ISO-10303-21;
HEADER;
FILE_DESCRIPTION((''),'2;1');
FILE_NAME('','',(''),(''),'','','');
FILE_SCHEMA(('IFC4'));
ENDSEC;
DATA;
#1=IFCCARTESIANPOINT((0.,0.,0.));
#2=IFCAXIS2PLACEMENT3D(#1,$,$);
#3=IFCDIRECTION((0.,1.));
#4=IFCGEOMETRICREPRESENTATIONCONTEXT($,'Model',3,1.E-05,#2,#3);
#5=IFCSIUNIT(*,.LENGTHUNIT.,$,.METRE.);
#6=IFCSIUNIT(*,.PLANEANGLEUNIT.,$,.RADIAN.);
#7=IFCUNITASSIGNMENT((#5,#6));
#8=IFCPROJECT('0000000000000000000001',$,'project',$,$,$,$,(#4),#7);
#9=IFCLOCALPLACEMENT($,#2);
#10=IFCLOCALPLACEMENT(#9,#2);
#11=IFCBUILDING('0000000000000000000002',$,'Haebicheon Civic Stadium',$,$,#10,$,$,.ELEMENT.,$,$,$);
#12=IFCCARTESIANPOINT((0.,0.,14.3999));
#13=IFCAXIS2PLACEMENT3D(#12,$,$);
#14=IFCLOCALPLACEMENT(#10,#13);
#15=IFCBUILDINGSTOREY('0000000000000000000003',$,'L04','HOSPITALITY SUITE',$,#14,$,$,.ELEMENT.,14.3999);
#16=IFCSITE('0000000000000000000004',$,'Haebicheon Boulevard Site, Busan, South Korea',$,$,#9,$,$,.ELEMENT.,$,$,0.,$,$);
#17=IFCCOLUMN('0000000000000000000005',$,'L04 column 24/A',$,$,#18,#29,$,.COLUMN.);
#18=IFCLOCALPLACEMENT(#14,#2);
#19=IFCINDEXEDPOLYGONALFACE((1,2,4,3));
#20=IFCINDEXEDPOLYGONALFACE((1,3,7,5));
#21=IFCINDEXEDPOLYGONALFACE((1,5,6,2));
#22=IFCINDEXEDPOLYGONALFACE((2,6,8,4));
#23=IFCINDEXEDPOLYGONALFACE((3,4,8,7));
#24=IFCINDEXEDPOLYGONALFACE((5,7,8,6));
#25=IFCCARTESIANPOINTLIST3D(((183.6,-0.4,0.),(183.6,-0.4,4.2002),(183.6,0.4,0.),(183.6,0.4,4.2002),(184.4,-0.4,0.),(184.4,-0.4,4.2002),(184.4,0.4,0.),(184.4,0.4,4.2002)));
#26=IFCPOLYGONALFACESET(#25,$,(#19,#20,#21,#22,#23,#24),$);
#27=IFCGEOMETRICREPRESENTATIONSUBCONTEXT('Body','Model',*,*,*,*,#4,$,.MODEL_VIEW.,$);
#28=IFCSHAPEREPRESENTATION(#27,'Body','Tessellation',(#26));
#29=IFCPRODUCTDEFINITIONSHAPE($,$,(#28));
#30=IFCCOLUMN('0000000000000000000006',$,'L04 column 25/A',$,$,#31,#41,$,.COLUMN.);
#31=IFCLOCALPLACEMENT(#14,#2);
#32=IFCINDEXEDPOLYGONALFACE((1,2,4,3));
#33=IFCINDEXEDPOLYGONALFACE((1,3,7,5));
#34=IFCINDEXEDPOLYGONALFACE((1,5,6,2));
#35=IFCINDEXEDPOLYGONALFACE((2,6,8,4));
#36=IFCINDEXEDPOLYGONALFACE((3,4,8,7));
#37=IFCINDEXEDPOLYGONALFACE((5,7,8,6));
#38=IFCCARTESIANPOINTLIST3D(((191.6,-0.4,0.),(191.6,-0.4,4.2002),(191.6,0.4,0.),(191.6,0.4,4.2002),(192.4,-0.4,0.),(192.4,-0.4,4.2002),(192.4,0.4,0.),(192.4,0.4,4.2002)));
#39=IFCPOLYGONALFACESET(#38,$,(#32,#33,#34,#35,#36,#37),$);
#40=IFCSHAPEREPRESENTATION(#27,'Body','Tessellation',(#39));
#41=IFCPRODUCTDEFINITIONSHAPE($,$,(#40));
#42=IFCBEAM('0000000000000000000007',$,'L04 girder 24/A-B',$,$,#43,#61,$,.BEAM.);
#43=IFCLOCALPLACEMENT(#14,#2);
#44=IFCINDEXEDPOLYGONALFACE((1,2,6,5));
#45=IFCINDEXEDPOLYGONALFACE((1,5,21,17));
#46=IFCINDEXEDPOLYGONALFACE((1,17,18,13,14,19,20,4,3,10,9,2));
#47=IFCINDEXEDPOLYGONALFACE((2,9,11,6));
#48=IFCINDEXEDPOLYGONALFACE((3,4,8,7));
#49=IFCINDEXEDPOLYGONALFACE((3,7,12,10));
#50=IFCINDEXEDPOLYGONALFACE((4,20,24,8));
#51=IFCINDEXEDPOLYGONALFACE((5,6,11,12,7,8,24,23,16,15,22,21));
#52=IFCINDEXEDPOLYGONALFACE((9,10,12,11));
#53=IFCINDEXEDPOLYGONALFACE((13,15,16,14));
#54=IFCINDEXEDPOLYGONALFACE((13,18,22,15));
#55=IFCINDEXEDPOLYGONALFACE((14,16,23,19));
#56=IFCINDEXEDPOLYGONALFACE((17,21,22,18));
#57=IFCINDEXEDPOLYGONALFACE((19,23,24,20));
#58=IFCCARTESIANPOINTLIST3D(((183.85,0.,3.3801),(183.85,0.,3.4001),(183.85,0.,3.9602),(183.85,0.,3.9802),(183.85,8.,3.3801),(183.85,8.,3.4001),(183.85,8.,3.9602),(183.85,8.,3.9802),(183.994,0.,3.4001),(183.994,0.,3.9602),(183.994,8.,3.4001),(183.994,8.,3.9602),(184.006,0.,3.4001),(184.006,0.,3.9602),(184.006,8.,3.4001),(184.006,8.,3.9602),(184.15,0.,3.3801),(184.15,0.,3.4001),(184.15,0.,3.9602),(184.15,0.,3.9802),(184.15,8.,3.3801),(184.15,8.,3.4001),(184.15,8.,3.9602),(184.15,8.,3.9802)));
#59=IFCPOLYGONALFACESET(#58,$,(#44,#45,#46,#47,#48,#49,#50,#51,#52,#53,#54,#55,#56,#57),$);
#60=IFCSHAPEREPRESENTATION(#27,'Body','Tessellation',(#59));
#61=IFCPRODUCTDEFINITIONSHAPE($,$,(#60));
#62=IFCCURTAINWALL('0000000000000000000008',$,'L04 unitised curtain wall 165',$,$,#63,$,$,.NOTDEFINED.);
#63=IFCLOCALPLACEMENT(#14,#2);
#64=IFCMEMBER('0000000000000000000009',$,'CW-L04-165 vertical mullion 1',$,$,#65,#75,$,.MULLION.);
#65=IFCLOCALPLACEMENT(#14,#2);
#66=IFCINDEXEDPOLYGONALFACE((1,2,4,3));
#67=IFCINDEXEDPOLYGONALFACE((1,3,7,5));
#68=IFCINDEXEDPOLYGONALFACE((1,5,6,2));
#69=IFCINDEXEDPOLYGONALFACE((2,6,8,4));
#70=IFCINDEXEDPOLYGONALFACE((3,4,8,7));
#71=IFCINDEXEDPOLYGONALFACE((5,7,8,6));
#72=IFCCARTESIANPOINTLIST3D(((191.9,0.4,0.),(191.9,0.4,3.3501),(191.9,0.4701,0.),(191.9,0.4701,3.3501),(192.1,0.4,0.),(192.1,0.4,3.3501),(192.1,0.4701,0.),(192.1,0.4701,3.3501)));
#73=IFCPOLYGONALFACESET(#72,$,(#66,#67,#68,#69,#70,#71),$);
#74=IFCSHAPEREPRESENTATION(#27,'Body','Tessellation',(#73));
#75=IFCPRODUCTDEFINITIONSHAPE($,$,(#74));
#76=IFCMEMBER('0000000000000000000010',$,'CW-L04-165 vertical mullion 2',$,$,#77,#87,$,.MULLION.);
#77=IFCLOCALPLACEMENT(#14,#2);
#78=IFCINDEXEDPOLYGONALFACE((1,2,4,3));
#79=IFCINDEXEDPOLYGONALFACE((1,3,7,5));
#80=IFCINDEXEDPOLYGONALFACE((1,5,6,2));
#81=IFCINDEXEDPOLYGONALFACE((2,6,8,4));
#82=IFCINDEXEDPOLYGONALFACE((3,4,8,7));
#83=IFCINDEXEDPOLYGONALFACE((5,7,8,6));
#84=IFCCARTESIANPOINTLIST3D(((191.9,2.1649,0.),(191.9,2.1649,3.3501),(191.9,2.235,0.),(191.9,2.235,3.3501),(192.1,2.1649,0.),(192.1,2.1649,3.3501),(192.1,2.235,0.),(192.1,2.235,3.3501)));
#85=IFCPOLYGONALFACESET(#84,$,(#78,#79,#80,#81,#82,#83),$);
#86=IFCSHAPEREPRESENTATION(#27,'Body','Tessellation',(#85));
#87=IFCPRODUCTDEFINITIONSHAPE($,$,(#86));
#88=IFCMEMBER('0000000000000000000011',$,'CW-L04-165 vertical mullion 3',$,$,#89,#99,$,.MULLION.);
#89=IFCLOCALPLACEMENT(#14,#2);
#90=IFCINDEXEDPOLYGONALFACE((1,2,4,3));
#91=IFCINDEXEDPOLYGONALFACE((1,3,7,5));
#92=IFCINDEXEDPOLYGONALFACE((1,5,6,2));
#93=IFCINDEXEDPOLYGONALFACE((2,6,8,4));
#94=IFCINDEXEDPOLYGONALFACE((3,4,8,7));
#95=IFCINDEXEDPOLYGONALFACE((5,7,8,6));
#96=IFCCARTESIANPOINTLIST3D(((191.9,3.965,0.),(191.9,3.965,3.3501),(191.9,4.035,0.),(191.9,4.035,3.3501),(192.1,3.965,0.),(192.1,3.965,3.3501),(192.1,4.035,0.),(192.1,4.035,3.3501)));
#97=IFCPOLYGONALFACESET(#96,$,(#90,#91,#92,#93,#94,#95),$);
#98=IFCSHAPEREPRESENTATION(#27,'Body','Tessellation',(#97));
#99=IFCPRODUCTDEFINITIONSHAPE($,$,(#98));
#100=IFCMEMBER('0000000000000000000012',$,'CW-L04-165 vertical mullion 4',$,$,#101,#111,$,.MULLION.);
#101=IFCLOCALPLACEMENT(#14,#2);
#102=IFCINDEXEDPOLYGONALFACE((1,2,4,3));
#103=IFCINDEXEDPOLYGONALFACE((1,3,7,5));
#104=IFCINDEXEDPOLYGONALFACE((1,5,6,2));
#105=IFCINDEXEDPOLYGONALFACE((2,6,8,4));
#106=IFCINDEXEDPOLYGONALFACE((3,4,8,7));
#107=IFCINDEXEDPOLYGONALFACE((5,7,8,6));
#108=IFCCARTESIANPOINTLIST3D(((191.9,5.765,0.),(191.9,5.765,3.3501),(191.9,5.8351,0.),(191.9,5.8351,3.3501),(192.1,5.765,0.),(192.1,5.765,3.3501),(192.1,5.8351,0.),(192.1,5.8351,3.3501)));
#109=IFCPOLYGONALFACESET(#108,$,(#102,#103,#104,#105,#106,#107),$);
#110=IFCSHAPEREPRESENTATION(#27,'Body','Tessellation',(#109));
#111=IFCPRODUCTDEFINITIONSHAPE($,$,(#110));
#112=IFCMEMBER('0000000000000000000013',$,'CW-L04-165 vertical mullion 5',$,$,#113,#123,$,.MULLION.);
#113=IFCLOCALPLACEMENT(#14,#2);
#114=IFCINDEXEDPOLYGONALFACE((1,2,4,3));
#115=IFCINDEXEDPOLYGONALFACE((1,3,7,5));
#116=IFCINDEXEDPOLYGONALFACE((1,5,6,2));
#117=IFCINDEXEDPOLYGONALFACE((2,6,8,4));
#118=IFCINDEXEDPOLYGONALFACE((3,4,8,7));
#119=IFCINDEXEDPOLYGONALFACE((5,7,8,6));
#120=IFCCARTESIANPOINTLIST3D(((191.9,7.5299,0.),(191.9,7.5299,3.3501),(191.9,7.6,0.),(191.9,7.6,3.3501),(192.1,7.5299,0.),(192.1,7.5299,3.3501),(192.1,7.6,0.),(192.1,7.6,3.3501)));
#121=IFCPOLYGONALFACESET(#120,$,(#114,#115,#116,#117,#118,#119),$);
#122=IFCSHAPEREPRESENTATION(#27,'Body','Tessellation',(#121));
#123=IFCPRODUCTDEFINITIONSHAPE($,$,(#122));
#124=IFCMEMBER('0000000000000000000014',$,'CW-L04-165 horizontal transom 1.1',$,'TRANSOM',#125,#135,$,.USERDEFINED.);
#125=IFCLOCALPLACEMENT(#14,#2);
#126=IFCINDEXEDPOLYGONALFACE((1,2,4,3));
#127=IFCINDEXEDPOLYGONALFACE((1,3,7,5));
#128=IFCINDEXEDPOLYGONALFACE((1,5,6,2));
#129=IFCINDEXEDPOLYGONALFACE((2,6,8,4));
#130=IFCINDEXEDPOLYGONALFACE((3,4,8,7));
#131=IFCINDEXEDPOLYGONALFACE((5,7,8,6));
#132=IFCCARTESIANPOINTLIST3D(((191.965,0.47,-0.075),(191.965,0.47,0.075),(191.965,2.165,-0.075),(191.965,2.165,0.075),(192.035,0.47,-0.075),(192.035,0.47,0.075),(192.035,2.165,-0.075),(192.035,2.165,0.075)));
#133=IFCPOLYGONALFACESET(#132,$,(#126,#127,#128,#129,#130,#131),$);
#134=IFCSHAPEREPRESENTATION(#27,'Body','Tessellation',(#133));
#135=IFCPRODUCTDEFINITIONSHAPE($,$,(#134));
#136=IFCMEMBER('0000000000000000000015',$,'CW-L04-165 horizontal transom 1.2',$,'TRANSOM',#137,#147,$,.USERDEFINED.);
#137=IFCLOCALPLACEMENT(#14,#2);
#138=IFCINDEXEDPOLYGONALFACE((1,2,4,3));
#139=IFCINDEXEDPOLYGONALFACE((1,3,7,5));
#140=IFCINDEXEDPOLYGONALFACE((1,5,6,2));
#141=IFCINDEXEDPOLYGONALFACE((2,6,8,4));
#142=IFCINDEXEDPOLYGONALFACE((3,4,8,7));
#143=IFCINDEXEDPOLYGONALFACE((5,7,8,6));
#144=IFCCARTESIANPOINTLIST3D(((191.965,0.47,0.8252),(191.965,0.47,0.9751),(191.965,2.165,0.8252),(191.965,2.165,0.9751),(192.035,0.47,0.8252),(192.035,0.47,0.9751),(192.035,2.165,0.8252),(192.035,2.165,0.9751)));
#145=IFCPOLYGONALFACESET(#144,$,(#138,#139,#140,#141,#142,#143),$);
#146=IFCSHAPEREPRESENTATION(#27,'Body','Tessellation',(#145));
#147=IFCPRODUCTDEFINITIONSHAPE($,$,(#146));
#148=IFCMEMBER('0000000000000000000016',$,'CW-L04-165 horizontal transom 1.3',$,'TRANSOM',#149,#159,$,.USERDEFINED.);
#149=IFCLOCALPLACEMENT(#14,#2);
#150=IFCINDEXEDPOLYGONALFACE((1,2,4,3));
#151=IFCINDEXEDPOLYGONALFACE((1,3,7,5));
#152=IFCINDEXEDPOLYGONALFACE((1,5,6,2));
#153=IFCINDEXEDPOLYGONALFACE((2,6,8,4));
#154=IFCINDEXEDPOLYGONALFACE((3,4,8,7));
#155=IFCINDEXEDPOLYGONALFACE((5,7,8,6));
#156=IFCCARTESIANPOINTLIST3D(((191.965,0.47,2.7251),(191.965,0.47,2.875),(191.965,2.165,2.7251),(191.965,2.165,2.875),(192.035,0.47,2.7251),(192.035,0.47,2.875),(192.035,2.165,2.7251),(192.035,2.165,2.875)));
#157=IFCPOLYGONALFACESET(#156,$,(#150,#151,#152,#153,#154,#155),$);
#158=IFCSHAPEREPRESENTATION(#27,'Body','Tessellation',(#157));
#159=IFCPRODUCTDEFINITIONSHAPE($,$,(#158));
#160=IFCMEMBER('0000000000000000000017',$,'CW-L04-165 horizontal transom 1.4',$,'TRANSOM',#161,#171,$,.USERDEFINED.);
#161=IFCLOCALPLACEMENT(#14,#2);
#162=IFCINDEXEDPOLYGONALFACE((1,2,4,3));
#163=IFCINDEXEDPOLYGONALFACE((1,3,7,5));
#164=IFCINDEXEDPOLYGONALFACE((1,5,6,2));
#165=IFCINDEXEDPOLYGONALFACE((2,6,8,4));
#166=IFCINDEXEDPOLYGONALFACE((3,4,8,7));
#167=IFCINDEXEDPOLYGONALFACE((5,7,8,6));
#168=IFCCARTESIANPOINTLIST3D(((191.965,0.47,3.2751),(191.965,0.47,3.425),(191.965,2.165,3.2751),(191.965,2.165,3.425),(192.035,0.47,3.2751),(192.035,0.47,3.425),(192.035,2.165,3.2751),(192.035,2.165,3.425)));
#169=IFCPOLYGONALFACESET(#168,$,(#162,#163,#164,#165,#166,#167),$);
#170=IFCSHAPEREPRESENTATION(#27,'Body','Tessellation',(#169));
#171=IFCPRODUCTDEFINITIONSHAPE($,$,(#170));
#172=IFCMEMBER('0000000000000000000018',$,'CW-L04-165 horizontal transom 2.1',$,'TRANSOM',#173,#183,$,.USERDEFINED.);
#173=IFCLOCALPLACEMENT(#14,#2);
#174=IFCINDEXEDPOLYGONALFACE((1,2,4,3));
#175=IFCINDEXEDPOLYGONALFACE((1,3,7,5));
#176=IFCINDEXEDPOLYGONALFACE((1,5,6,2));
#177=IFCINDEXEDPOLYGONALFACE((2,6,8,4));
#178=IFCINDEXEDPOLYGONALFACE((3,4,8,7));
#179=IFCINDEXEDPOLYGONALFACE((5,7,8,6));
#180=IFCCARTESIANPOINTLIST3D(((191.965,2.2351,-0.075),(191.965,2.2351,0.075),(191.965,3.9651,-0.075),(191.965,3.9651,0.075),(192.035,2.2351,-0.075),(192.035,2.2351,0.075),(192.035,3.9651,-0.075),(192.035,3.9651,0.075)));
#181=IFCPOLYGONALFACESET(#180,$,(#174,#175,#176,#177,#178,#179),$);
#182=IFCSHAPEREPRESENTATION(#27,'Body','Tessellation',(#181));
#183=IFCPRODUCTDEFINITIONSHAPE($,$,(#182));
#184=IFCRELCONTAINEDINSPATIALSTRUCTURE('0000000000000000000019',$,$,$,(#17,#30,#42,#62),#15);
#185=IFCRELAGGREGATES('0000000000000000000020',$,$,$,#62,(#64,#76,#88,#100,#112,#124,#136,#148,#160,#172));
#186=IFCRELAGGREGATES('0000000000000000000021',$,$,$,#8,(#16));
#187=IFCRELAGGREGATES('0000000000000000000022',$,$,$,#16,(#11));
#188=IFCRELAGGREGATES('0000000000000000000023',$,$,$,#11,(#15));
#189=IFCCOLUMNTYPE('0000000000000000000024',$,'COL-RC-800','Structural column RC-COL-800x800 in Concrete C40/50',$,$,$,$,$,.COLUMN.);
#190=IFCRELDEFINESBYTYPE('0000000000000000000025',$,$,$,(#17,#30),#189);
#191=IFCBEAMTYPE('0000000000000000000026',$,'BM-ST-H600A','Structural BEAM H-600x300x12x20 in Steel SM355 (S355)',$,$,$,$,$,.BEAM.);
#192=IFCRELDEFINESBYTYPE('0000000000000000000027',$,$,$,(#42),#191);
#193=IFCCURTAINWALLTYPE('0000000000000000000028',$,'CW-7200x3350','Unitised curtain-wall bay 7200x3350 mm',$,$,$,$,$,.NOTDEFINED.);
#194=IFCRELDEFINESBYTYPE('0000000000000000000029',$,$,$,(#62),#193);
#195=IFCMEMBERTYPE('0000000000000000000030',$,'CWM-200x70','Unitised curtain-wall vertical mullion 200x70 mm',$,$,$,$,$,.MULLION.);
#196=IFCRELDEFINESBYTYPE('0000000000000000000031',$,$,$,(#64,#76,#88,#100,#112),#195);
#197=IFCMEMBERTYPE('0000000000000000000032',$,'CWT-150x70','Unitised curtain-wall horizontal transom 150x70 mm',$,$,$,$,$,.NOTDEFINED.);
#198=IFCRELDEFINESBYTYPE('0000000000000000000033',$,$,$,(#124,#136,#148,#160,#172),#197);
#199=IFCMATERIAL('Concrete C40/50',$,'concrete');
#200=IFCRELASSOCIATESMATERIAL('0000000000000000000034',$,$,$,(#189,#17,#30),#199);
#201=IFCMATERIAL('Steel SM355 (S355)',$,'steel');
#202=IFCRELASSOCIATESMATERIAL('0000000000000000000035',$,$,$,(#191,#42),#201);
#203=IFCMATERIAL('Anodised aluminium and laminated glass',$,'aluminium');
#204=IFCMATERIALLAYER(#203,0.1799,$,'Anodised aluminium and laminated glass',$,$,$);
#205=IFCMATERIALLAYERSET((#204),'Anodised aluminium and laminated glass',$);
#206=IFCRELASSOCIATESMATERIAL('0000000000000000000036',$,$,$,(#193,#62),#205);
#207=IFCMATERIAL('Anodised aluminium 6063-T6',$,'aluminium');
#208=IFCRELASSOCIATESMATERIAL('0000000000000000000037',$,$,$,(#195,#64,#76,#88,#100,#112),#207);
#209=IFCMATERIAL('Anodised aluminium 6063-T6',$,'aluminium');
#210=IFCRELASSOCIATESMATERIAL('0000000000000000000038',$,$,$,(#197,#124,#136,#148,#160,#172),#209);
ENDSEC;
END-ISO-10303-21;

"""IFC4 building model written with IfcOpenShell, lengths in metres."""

from ifc_helpers import new_model, si_unit, direction, frame, origin, origin_2d, place, context, subcontext, project, spatial, rectangle, i_section, extrude, material, layer, layer_set, material_profile, profile_set, type_object, element, aggregate, save


model = new_model("IFC4")

# Units and contexts
model_context = context("Model", 3, precision=1e-05, world=origin(), true_north=direction((0.0, 1.0)))
body_context = subcontext(model_context, "Body", "Model", "MODEL_VIEW")
ifc_project = project(units=[si_unit("LENGTHUNIT", "METRE"), si_unit("PLANEANGLEUNIT", "RADIAN")], contexts=[model_context])

# Site, building, storey
site_placement = place(None, origin())
site = spatial("IfcSite", under=ifc_project, at=site_placement, Name="Haebicheon Boulevard Site, Busan, South Korea", CompositionType="ELEMENT", RefElevation=0.0)
building_placement = place(site_placement, origin())
building = spatial("IfcBuilding", under=site, at=building_placement, Name="Haebicheon Civic Stadium", CompositionType="ELEMENT")
storey_placement = place(building_placement, frame((0.0, 0.0, 14.3999)))
storey = spatial("IfcBuildingStorey", under=building, at=storey_placement, Name="L04", Description="HOSPITALITY SUITE", CompositionType="ELEMENT", Elevation=14.3999)

# Columns
ifc_material_1 = material(Name="Concrete C40/50", Category="concrete")
ifc_material_profile_1 = material_profile(ifc_material_1, rectangle(XDim=0.8, YDim=0.8, at=origin_2d()), Name="RC-COL-800x800")
ifc_profile_set_1 = profile_set([ifc_material_profile_1], Name="Concrete C40/50")
column_type = type_object("IfcColumnType", Name="COL-RC-800", Description="Structural column RC-COL-800x800 in Concrete C40/50", PredefinedType="COLUMN", material=ifc_profile_set_1)
for number, where, z_axis, x_axis, name in (
    (1, (184.0, 0.0, 0.0), (0.0, 0.0, 1.0), (1.0, 0.0, 0.0), "L04 column 24/A"),
    (2, (192.0, 0.0, 0.0), (0.0, 0.0, 1.0), (1.0, 0.0, 0.0), "L04 column 25/A"),
):
    element("IfcColumn", number, at=place(storey_placement, frame(where, z_axis=z_axis, x_axis=x_axis)), inside=storey, type_object=column_type, material=ifc_profile_set_1, Name=name, PredefinedType="COLUMN", context=body_context, shape_type="SweptSolid", body=[
        extrude(rectangle(XDim=0.8, YDim=0.8, at=origin_2d()), origin(), (0.0, 0.0, 1.0), 4.2002),
    ])

# Beam
ifc_material_2 = material(Name="Steel SM355 (S355)", Category="steel")
ifc_material_profile_2 = material_profile(ifc_material_2, i_section(OverallWidth=0.3, OverallDepth=0.6001, WebThickness=0.012, FlangeThickness=0.02, at=origin_2d()), Name="H-600x300x12x20")
ifc_profile_set_2 = profile_set([ifc_material_profile_2], Name="Steel SM355 (S355)")
beam_type_1 = type_object("IfcBeamType", Name="BM-ST-H600A", Description="Structural BEAM H-600x300x12x20 in Steel SM355 (S355)", PredefinedType="BEAM", material=ifc_profile_set_2)
beam_1_placement = place(storey_placement, frame((184.0, 0.0, 3.6802), z_axis=(0.0, 1.0, 0.0), x_axis=(-1.0, 0.0, 0.0)))
element("IfcBeam", 3, at=beam_1_placement, inside=storey, type_object=beam_type_1, material=ifc_profile_set_2, Name="L04 girder 24/A-B", PredefinedType="BEAM", context=body_context, shape_type="SweptSolid", body=[
    extrude(i_section(OverallWidth=0.3, OverallDepth=0.6001, WebThickness=0.012, FlangeThickness=0.02, at=origin_2d()), origin(), (0.0, 0.0, 1.0), 8.0),
])

# Curtain wall, members
ifc_material_3 = material(Name="Anodised aluminium and laminated glass", Category="aluminium")
ifc_layer_1 = layer(ifc_material_3, 0.1799, Name="Anodised aluminium and laminated glass")
ifc_layer_set_1 = layer_set([ifc_layer_1], Name="Anodised aluminium and laminated glass")
curtain_wall_type = type_object("IfcCurtainWallType", Name="CW-7200x3350", Description="Unitised curtain-wall bay 7200x3350 mm", PredefinedType="NOTDEFINED", material=ifc_layer_set_1)
curtain_wall_placement = place(storey_placement, origin())
curtain_wall = element("IfcCurtainWall", 4, at=curtain_wall_placement, inside=storey, type_object=curtain_wall_type, material=ifc_layer_set_1, Name="L04 unitised curtain wall 165", PredefinedType="NOTDEFINED")
ifc_material_4 = material(Name="Anodised aluminium 6063-T6", Category="aluminium")
ifc_material_profile_3 = material_profile(ifc_material_4, rectangle(XDim=0.0701, YDim=0.2, at=origin_2d()), Name="ALU-MULL-70x200")
ifc_profile_set_3 = profile_set([ifc_material_profile_3], Name="Anodised aluminium 6063-T6")
member_type_1 = type_object("IfcMemberType", Name="CWM-200x70", Description="Unitised curtain-wall vertical mullion 200x70 mm", PredefinedType="MULLION", material=ifc_profile_set_3)
member_1_placement = place(storey_placement, frame((192.0, 0.4351, 0.0), z_axis=(0.0, 0.0, 1.0), x_axis=(0.0, 1.0, 0.0)))
member_1 = element("IfcMember", 5, at=member_1_placement, type_object=member_type_1, material=ifc_profile_set_3, Name="CW-L04-165 vertical mullion 1", PredefinedType="MULLION", context=body_context, shape_type="SweptSolid", body=[
    extrude(rectangle(XDim=0.0701, YDim=0.2, at=origin_2d()), origin(), (0.0, 0.0, 1.0), 3.3501),
])
member_2_placement = place(storey_placement, frame((192.0, 2.2, 0.0), z_axis=(0.0, 0.0, 1.0), x_axis=(0.0, 1.0, 0.0)))
member_2 = element("IfcMember", 6, at=member_2_placement, type_object=member_type_1, material=ifc_profile_set_3, Name="CW-L04-165 vertical mullion 2", PredefinedType="MULLION", context=body_context, shape_type="SweptSolid", body=[
    extrude(rectangle(XDim=0.0701, YDim=0.2, at=origin_2d()), origin(), (0.0, 0.0, 1.0), 3.3501),
])
member_3_placement = place(storey_placement, frame((192.0, 4.0, 0.0), z_axis=(0.0, 0.0, 1.0), x_axis=(0.0, 1.0, 0.0)))
member_3 = element("IfcMember", 7, at=member_3_placement, type_object=member_type_1, material=ifc_profile_set_3, Name="CW-L04-165 vertical mullion 3", PredefinedType="MULLION", context=body_context, shape_type="SweptSolid", body=[
    extrude(rectangle(XDim=0.0701, YDim=0.2, at=origin_2d()), origin(), (0.0, 0.0, 1.0), 3.3501),
])
member_4_placement = place(storey_placement, frame((192.0, 5.8, 0.0), z_axis=(0.0, 0.0, 1.0), x_axis=(0.0, 1.0, 0.0)))
member_4 = element("IfcMember", 8, at=member_4_placement, type_object=member_type_1, material=ifc_profile_set_3, Name="CW-L04-165 vertical mullion 4", PredefinedType="MULLION", context=body_context, shape_type="SweptSolid", body=[
    extrude(rectangle(XDim=0.0701, YDim=0.2, at=origin_2d()), origin(), (0.0, 0.0, 1.0), 3.3501),
])
member_5_placement = place(storey_placement, frame((192.0, 7.5649, 0.0), z_axis=(0.0, 0.0, 1.0), x_axis=(0.0, 1.0, 0.0)))
member_5 = element("IfcMember", 9, at=member_5_placement, type_object=member_type_1, material=ifc_profile_set_3, Name="CW-L04-165 vertical mullion 5", PredefinedType="MULLION", context=body_context, shape_type="SweptSolid", body=[
    extrude(rectangle(XDim=0.0701, YDim=0.2, at=origin_2d()), origin(), (0.0, 0.0, 1.0), 3.3501),
])
ifc_material_5 = material(Name="Anodised aluminium 6063-T6", Category="aluminium")
ifc_material_profile_4 = material_profile(ifc_material_5, rectangle(XDim=0.0701, YDim=0.1499, at=origin_2d()), Name="ALU-TRAN-70x150")
ifc_profile_set_4 = profile_set([ifc_material_profile_4], Name="Anodised aluminium 6063-T6")
member_type_2 = type_object("IfcMemberType", Name="CWT-150x70", Description="Unitised curtain-wall horizontal transom 150x70 mm", PredefinedType="NOTDEFINED", material=ifc_profile_set_4)
member_6_placement = place(storey_placement, frame((192.0, 0.47, 0.0), z_axis=(0.0, 1.0, 0.0), x_axis=(-1.0, 0.0, 0.0)))
member_6 = element("IfcMember", 10, at=member_6_placement, type_object=member_type_2, material=ifc_profile_set_4, Name="CW-L04-165 horizontal transom 1.1", ObjectType="TRANSOM", PredefinedType="USERDEFINED", context=body_context, shape_type="SweptSolid", body=[
    extrude(rectangle(XDim=0.0701, YDim=0.1499, at=origin_2d()), origin(), (0.0, 0.0, 1.0), 1.6951),
])
member_7_placement = place(storey_placement, frame((192.0, 0.47, 0.9001), z_axis=(0.0, 1.0, 0.0), x_axis=(-1.0, 0.0, 0.0)))
member_7 = element("IfcMember", 11, at=member_7_placement, type_object=member_type_2, material=ifc_profile_set_4, Name="CW-L04-165 horizontal transom 1.2", ObjectType="TRANSOM", PredefinedType="USERDEFINED", context=body_context, shape_type="SweptSolid", body=[
    extrude(rectangle(XDim=0.0701, YDim=0.1499, at=origin_2d()), origin(), (0.0, 0.0, 1.0), 1.6951),
])
member_8_placement = place(storey_placement, frame((192.0, 0.47, 2.8), z_axis=(0.0, 1.0, 0.0), x_axis=(-1.0, 0.0, 0.0)))
member_8 = element("IfcMember", 12, at=member_8_placement, type_object=member_type_2, material=ifc_profile_set_4, Name="CW-L04-165 horizontal transom 1.3", ObjectType="TRANSOM", PredefinedType="USERDEFINED", context=body_context, shape_type="SweptSolid", body=[
    extrude(rectangle(XDim=0.0701, YDim=0.1499, at=origin_2d()), origin(), (0.0, 0.0, 1.0), 1.6951),
])
member_9_placement = place(storey_placement, frame((192.0, 0.47, 3.3501), z_axis=(0.0, 1.0, 0.0), x_axis=(-1.0, 0.0, 0.0)))
member_9 = element("IfcMember", 13, at=member_9_placement, type_object=member_type_2, material=ifc_profile_set_4, Name="CW-L04-165 horizontal transom 1.4", ObjectType="TRANSOM", PredefinedType="USERDEFINED", context=body_context, shape_type="SweptSolid", body=[
    extrude(rectangle(XDim=0.0701, YDim=0.1499, at=origin_2d()), origin(), (0.0, 0.0, 1.0), 1.6951),
])
member_10_placement = place(storey_placement, frame((192.0, 2.2351, 0.0), z_axis=(0.0, 1.0, 0.0), x_axis=(-1.0, 0.0, 0.0)))
member_10 = element("IfcMember", 14, at=member_10_placement, type_object=member_type_2, material=ifc_profile_set_4, Name="CW-L04-165 horizontal transom 2.1", ObjectType="TRANSOM", PredefinedType="USERDEFINED", context=body_context, shape_type="SweptSolid", body=[
    extrude(rectangle(XDim=0.0701, YDim=0.1499, at=origin_2d()), origin(), (0.0, 0.0, 1.0), 1.73),
])

aggregate(curtain_wall, [member_1, member_2, member_3, member_4, member_5, member_6, member_7, member_8, member_9, member_10])

save(model, "model.ifc")
